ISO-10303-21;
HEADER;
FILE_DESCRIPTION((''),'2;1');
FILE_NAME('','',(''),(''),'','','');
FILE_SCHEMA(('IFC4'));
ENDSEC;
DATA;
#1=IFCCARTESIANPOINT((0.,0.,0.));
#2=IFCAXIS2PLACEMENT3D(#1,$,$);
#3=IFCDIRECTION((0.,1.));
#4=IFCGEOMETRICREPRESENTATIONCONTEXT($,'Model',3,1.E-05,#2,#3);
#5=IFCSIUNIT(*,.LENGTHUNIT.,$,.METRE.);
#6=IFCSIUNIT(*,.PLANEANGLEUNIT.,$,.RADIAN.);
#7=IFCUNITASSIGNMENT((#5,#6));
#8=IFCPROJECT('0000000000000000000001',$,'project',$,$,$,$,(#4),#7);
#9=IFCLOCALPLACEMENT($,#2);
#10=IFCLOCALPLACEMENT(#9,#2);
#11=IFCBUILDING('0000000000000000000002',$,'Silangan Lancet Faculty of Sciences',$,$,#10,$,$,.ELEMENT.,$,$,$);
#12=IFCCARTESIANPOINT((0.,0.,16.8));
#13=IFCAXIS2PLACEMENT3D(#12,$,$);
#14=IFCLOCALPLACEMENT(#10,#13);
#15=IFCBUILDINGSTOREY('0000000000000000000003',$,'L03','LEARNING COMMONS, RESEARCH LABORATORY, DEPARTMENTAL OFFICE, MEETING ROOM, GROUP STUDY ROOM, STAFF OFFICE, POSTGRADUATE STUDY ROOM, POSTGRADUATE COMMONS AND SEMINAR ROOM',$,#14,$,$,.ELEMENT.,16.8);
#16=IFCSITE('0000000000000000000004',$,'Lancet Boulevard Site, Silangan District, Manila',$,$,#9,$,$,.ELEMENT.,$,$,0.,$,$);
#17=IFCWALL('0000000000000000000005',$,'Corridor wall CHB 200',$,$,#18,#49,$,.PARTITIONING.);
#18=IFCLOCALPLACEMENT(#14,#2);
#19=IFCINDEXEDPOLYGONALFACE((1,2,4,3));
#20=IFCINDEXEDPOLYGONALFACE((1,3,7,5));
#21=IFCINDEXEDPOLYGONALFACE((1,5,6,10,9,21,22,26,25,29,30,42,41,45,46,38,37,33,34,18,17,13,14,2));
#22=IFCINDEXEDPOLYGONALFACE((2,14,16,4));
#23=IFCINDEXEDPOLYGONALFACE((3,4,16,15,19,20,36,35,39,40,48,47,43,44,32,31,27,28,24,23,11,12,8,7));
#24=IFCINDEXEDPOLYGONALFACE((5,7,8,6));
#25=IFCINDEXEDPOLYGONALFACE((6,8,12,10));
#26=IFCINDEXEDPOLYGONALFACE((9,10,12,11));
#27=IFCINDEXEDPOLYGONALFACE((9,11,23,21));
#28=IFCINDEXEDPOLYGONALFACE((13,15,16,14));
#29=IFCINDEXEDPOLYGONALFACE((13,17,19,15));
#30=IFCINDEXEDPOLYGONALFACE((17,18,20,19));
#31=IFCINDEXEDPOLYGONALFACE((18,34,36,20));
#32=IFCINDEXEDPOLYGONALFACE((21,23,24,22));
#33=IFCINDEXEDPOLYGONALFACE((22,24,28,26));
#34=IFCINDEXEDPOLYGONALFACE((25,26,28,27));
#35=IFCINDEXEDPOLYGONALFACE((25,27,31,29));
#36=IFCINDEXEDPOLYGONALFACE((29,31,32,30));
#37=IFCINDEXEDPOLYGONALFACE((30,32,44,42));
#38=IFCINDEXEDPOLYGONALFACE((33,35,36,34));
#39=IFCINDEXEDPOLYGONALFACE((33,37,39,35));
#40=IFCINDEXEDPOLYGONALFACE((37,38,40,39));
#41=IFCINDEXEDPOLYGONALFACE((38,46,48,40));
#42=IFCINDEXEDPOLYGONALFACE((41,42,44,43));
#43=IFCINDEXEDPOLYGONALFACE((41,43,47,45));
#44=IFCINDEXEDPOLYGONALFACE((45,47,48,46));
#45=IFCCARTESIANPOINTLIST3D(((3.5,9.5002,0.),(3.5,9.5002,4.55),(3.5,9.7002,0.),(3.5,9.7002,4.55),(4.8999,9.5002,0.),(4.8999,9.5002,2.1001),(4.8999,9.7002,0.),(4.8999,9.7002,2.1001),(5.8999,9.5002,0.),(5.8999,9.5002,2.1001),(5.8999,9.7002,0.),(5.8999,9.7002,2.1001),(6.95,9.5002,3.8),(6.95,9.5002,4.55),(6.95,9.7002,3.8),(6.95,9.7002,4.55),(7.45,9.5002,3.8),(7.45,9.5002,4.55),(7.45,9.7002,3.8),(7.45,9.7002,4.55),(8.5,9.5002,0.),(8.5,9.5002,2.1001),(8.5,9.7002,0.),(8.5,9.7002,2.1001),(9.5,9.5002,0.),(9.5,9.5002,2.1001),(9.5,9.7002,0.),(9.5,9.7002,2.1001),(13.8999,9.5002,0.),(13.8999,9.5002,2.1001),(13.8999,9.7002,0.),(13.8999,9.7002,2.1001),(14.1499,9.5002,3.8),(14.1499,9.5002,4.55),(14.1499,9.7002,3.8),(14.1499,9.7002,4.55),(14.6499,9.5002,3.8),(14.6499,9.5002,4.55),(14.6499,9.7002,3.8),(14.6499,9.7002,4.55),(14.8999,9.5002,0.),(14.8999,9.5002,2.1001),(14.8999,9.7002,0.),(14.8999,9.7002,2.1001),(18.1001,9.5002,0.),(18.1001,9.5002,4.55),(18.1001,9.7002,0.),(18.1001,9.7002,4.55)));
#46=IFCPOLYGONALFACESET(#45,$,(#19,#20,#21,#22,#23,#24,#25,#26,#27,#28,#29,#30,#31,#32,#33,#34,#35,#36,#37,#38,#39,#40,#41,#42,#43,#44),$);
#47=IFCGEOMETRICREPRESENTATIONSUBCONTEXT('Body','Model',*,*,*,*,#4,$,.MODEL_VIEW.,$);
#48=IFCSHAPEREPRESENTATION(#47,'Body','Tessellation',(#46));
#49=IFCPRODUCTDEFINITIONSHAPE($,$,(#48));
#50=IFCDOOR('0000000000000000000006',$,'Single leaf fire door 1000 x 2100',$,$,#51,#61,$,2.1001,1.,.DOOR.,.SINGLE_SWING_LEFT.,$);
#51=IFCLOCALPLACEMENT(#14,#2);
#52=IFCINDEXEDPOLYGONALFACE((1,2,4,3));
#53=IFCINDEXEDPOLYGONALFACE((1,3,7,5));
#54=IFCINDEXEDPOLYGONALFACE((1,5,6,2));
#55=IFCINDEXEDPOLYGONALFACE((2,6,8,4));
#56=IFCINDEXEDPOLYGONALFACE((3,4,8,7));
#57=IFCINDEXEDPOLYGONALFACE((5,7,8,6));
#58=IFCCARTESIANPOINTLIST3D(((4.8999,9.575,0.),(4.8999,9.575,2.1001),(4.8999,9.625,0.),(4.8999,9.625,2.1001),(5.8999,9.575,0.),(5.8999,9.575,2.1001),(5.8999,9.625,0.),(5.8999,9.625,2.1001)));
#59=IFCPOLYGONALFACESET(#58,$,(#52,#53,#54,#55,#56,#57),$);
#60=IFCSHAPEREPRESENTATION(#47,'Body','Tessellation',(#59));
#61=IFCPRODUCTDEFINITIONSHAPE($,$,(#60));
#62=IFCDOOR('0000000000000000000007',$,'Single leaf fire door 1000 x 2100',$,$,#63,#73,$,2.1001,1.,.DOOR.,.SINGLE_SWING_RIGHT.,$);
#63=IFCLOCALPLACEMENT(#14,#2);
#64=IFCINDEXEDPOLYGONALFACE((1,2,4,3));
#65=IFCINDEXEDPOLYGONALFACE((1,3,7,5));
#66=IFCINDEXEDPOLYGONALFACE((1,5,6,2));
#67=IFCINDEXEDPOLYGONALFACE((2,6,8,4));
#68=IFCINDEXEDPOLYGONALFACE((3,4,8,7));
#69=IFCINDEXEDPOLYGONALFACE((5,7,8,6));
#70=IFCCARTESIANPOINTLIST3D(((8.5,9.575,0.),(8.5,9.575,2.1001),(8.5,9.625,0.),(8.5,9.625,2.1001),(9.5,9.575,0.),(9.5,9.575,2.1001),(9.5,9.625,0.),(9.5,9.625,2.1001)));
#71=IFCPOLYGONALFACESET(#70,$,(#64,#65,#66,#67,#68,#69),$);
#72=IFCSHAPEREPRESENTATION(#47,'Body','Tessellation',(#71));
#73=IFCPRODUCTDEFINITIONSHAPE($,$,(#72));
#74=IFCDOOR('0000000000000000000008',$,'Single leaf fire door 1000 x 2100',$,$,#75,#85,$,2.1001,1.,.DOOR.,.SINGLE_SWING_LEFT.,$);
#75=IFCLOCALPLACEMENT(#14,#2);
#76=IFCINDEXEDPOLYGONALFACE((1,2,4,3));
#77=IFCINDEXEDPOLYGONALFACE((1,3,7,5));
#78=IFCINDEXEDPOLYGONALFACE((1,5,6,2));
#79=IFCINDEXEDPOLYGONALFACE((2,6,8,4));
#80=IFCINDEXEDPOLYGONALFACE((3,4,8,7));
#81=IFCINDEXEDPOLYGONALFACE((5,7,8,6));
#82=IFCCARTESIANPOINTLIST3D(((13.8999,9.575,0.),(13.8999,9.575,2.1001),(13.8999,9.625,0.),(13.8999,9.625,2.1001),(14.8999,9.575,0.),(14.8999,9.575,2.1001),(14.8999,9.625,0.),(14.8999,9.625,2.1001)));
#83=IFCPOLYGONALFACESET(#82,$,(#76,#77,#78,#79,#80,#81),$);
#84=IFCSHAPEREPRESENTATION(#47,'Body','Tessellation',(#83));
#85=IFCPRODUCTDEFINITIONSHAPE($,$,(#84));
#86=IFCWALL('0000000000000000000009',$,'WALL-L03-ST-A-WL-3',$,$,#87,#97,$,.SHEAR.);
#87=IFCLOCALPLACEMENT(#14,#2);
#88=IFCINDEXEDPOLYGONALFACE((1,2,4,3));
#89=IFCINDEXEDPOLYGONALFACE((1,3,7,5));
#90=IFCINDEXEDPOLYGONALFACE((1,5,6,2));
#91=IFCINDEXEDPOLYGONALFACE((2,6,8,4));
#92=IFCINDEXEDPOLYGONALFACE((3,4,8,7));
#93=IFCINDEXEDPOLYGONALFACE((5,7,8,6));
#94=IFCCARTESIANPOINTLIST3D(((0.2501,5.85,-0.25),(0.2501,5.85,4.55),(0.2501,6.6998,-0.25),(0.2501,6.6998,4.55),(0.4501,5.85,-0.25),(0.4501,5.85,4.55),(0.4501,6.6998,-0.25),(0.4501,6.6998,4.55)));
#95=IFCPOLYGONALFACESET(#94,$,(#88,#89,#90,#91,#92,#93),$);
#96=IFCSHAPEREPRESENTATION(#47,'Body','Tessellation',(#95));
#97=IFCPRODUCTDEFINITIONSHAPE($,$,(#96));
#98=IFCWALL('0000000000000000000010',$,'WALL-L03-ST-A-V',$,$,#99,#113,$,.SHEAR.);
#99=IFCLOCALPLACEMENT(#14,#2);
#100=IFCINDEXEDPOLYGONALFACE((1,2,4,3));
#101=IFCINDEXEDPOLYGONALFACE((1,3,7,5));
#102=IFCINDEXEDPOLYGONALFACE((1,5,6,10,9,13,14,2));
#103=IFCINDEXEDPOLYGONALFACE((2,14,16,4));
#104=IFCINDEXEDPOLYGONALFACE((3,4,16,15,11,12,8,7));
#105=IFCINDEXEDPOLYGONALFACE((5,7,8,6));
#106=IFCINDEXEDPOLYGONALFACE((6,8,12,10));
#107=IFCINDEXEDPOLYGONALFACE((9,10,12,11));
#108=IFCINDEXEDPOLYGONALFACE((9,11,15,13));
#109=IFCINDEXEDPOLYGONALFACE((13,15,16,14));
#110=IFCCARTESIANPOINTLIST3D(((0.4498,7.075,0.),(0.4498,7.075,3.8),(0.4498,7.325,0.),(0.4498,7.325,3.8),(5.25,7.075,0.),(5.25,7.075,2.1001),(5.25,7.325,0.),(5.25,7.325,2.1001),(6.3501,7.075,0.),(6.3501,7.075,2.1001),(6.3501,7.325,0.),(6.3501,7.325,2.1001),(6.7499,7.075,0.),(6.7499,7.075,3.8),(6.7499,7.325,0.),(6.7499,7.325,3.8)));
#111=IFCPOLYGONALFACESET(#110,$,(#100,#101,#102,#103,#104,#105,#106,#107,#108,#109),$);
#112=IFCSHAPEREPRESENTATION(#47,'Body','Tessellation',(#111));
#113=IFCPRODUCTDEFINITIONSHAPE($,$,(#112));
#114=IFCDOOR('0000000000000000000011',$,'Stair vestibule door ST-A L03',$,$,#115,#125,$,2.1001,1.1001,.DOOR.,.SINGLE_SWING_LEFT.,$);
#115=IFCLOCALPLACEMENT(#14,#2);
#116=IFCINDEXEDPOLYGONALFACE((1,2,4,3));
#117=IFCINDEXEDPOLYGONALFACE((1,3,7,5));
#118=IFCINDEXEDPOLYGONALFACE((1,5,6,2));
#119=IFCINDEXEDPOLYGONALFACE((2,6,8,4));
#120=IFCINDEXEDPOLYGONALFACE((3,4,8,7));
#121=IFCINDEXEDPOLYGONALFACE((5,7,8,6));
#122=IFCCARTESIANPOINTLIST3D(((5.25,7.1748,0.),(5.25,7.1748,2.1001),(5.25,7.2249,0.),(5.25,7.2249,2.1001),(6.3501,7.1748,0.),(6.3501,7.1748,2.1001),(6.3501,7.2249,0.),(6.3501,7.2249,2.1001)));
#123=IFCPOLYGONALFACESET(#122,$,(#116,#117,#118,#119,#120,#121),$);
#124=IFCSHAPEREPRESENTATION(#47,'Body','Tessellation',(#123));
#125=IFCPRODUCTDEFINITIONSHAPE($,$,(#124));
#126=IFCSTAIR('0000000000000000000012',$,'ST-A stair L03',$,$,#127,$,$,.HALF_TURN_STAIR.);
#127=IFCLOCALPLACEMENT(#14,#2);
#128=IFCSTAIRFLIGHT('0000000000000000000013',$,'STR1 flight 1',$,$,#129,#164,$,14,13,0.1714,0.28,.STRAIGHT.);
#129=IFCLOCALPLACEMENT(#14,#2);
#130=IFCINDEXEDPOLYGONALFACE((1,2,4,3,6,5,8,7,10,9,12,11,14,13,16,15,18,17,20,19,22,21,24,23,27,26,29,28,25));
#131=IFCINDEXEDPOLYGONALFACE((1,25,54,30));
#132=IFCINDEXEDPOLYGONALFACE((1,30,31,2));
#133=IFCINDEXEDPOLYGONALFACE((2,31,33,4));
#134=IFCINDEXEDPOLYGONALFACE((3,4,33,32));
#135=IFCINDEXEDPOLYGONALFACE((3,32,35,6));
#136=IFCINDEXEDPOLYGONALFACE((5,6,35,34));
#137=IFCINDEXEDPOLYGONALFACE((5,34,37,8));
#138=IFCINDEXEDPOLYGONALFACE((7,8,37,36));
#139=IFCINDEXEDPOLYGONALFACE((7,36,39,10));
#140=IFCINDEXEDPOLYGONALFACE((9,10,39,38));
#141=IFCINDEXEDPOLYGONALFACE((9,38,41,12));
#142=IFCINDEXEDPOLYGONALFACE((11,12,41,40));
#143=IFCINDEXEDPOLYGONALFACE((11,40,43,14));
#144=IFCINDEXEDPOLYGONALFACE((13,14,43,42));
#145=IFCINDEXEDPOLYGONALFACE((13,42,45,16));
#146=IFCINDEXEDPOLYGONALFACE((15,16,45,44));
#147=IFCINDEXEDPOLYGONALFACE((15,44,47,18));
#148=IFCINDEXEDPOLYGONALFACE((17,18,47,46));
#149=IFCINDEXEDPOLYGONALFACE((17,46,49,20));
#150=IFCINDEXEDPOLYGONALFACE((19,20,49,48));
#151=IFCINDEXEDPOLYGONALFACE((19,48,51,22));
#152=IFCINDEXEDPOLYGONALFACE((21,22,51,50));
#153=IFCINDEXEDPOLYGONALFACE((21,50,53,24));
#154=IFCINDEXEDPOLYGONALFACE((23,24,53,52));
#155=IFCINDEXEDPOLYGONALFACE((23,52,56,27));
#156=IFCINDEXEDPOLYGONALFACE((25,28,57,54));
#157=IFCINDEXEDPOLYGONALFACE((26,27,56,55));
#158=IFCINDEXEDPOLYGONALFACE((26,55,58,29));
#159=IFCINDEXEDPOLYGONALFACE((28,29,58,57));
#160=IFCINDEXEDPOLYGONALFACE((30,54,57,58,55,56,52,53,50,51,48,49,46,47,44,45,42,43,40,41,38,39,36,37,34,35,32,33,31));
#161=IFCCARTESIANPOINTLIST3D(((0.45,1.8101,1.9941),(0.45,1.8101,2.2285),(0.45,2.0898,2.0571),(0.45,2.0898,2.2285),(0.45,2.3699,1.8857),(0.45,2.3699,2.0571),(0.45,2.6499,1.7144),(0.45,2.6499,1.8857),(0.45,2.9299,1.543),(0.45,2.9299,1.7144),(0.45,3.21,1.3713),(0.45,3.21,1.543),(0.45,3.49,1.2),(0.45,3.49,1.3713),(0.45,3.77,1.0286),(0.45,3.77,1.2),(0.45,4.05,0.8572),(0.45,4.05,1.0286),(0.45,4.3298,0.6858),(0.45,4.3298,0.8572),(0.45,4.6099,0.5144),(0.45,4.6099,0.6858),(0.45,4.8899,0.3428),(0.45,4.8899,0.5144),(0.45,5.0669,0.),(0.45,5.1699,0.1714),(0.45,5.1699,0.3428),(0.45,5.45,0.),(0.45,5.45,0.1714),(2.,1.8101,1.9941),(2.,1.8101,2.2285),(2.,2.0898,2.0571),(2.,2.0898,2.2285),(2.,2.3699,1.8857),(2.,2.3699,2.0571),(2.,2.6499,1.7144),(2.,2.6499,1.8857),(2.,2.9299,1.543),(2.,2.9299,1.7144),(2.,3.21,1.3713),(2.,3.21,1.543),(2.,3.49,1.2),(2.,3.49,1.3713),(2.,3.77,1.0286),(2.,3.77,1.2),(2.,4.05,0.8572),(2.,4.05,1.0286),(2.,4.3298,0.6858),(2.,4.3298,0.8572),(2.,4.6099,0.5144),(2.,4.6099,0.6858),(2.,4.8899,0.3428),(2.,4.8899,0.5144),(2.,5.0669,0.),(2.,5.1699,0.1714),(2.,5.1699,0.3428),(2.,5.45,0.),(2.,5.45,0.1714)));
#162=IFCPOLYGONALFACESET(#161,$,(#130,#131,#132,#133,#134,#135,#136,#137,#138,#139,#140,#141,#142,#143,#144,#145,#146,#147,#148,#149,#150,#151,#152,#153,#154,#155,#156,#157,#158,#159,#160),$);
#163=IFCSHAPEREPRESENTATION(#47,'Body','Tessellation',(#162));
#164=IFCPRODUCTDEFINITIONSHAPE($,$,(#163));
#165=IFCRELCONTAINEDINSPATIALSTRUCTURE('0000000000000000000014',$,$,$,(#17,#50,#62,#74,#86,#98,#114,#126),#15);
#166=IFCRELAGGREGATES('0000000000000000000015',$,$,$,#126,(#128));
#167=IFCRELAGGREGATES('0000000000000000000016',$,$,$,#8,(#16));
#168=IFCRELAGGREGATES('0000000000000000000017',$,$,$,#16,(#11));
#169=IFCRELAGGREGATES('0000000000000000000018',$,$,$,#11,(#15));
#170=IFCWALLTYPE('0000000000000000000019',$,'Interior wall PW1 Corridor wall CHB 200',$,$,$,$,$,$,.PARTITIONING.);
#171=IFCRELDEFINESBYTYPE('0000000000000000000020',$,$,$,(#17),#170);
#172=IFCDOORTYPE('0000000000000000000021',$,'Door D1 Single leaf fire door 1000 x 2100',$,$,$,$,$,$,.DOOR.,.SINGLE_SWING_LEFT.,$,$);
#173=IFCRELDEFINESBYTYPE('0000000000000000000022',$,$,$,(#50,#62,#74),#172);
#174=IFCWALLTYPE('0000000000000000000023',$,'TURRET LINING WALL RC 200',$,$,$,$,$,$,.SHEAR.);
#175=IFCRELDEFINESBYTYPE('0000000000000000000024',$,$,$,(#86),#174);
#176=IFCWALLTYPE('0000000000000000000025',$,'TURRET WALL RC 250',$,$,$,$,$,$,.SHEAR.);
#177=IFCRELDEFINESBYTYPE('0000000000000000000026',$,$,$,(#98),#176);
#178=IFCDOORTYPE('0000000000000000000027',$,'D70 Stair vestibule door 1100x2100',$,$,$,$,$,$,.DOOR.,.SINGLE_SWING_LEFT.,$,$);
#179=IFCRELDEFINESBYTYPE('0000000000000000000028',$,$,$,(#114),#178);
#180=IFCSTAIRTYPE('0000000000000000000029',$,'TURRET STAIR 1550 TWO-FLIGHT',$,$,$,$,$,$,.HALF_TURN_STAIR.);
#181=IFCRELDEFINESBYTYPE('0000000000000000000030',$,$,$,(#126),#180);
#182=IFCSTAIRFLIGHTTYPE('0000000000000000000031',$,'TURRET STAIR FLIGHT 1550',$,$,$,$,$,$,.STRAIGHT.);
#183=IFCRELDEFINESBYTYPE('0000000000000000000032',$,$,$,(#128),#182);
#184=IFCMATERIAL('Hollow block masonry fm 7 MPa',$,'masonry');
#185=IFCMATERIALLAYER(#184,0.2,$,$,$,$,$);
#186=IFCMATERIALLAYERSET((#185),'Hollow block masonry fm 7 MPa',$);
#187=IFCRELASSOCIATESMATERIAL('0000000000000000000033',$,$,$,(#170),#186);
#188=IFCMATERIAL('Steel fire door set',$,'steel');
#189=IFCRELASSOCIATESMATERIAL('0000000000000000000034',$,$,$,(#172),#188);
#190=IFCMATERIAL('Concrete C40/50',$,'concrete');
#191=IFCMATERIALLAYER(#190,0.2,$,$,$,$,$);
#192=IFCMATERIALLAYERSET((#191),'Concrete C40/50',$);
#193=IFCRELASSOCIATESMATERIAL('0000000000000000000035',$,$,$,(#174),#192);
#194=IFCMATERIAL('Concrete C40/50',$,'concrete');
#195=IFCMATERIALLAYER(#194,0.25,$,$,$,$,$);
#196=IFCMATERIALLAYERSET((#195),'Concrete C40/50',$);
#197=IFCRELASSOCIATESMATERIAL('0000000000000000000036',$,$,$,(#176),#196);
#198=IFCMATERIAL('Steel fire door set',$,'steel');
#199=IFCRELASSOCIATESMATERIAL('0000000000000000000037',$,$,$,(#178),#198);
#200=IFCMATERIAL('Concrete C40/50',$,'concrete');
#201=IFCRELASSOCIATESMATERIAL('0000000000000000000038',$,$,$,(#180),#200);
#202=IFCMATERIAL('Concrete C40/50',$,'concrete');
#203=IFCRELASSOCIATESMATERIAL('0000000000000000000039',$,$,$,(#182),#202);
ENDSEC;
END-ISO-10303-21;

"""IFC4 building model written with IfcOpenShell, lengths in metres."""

from ifc_helpers import new_model, si_unit, direction, frame, frame_2d, origin, place, context, subcontext, project, spatial, polyline, rectangle, outline, extrude, material, layer, layer_set, type_object, element, fill, aggregate, save


model = new_model("IFC4")

# Units and contexts
model_context = context("Model", 3, precision=1e-05, world=origin(), true_north=direction((0.0, 1.0)))
body_context = subcontext(model_context, "Body", "Model", "MODEL_VIEW")
ifc_project = project(units=[si_unit("LENGTHUNIT", "METRE"), si_unit("PLANEANGLEUNIT", "RADIAN")], contexts=[model_context])

# Site, building, storey
site_placement = place(None, origin())
site = spatial("IfcSite", under=ifc_project, at=site_placement, Name="Lancet Boulevard Site, Silangan District, Manila", CompositionType="ELEMENT", RefElevation=0.0)
building_placement = place(site_placement, origin())
building = spatial("IfcBuilding", under=site, at=building_placement, Name="Silangan Lancet Faculty of Sciences", CompositionType="ELEMENT")
storey_placement = place(building_placement, frame((0.0, 0.0, 16.8)))
storey = spatial("IfcBuildingStorey", under=building, at=storey_placement, Name="L03", Description="LEARNING COMMONS, RESEARCH LABORATORY, DEPARTMENTAL OFFICE, MEETING ROOM, GROUP STUDY ROOM, STAFF OFFICE, POSTGRADUATE STUDY ROOM, POSTGRADUATE COMMONS AND SEMINAR ROOM", CompositionType="ELEMENT", Elevation=16.8)

# Wall, openings, doors
ifc_material_1 = material(Name="Hollow block masonry fm 7 MPa", Category="masonry")
ifc_layer_1 = layer(ifc_material_1, 0.2)
ifc_layer_set_1 = layer_set([ifc_layer_1], Name="Hollow block masonry fm 7 MPa")
wall_type_1 = type_object("IfcWallType", Name="Interior wall PW1 Corridor wall CHB 200", PredefinedType="PARTITIONING", material=ifc_layer_set_1)
wall_1_placement = place(storey_placement, frame((3.5, 9.6001, 0.0), z_axis=(0.0, 0.0, 1.0), x_axis=(1.0, 0.0, 0.0)))
wall_1 = element("IfcWall", 1, at=wall_1_placement, inside=storey, type_object=wall_type_1, Name="Corridor wall CHB 200", PredefinedType="PARTITIONING", context=body_context, shape_type="SweptSolid", body=[
    extrude(outline(polyline([(0.0, 0.0), (14.6001, 0.0), (14.6001, 4.55), (11.1499, 4.55), (11.1499, 3.8), (10.6499, 3.8), (10.6499, 4.55), (3.95, 4.55), (3.95, 3.8), (3.45, 3.8), (3.45, 4.55), (0.0, 4.55), (0.0, 0.0)])), frame((0.0, 0.1001, 0.0), z_axis=(0.0, -1.0, 0.0), x_axis=(1.0, 0.0, 0.0)), (0.0, 0.0, 1.0), 0.2),
])
opening_1_placement = place(wall_1_placement, frame((1.3999, 0.0, 0.0)))
opening_1 = element("IfcOpeningElement", 2, at=opening_1_placement, cuts=wall_1, PredefinedType="OPENING", context=body_context, shape_type="SweptSolid", body=[
    extrude(rectangle(XDim=1.0, YDim=2.1001, at=frame_2d((0.5, 1.05))), frame((0.0, 0.1099, 0.0), z_axis=(0.0, -1.0, 0.0), x_axis=(1.0, 0.0, 0.0)), (0.0, 0.0, 1.0), 0.22),
])
opening_2_placement = place(wall_1_placement, frame((5.0, 0.0, 0.0)))
opening_2 = element("IfcOpeningElement", 3, at=opening_2_placement, cuts=wall_1, PredefinedType="OPENING", context=body_context, shape_type="SweptSolid", body=[
    extrude(rectangle(XDim=1.0, YDim=2.1001, at=frame_2d((0.5, 1.05))), frame((0.0, 0.1099, 0.0), z_axis=(0.0, -1.0, 0.0), x_axis=(1.0, 0.0, 0.0)), (0.0, 0.0, 1.0), 0.22),
])
opening_3_placement = place(wall_1_placement, frame((10.3999, 0.0, 0.0)))
opening_3 = element("IfcOpeningElement", 4, at=opening_3_placement, cuts=wall_1, PredefinedType="OPENING", context=body_context, shape_type="SweptSolid", body=[
    extrude(rectangle(XDim=1.0, YDim=2.1001, at=frame_2d((0.5, 1.05))), frame((0.0, 0.1099, 0.0), z_axis=(0.0, -1.0, 0.0), x_axis=(1.0, 0.0, 0.0)), (0.0, 0.0, 1.0), 0.22),
])
ifc_material_2 = material(Name="Steel fire door set", Category="steel")
door_type_1 = type_object("IfcDoorType", Name="Door D1 Single leaf fire door 1000 x 2100", OperationType="SINGLE_SWING_LEFT", PredefinedType="DOOR", material=ifc_material_2)
door_1_placement = place(opening_1_placement, origin())
door_1 = element("IfcDoor", 5, at=door_1_placement, inside=storey, type_object=door_type_1, Name="Single leaf fire door 1000 x 2100", OperationType="SINGLE_SWING_LEFT", OverallHeight=2.1001, OverallWidth=1.0, PredefinedType="DOOR", context=body_context, shape_type="SweptSolid", body=[
    extrude(rectangle(XDim=1.0, YDim=2.1001, at=frame_2d((0.5, 1.05))), frame((0.0, 0.0249, 0.0), z_axis=(0.0, -1.0, 0.0), x_axis=(1.0, 0.0, 0.0)), (0.0, 0.0, 1.0), 0.05),
])
fill(opening_1, door_1)
door_2_placement = place(opening_2_placement, origin())
door_2 = element("IfcDoor", 6, at=door_2_placement, inside=storey, type_object=door_type_1, Name="Single leaf fire door 1000 x 2100", OperationType="SINGLE_SWING_RIGHT", OverallHeight=2.1001, OverallWidth=1.0, PredefinedType="DOOR", context=body_context, shape_type="SweptSolid", body=[
    extrude(rectangle(XDim=1.0, YDim=2.1001, at=frame_2d((0.5, 1.05))), frame((0.0, 0.0249, 0.0), z_axis=(0.0, -1.0, 0.0), x_axis=(1.0, 0.0, 0.0)), (0.0, 0.0, 1.0), 0.05),
])
fill(opening_2, door_2)
door_3_placement = place(opening_3_placement, origin())
door_3 = element("IfcDoor", 7, at=door_3_placement, inside=storey, type_object=door_type_1, Name="Single leaf fire door 1000 x 2100", OperationType="SINGLE_SWING_LEFT", OverallHeight=2.1001, OverallWidth=1.0, PredefinedType="DOOR", context=body_context, shape_type="SweptSolid", body=[
    extrude(rectangle(XDim=1.0, YDim=2.1001, at=frame_2d((0.5, 1.05))), frame((0.0, 0.0249, 0.0), z_axis=(0.0, -1.0, 0.0), x_axis=(1.0, 0.0, 0.0)), (0.0, 0.0, 1.0), 0.05),
])
fill(opening_3, door_3)

# Wall
ifc_material_3 = material(Name="Concrete C40/50", Category="concrete")
ifc_layer_2 = layer(ifc_material_3, 0.2)
ifc_layer_set_2 = layer_set([ifc_layer_2], Name="Concrete C40/50")
wall_type_2 = type_object("IfcWallType", Name="TURRET LINING WALL RC 200", PredefinedType="SHEAR", material=ifc_layer_set_2)
wall_2_placement = place(storey_placement, frame((0.3501, 5.8501, -0.25), z_axis=(0.0, 0.0, 1.0), x_axis=(0.0, 1.0, 0.0)))
element("IfcWall", 8, at=wall_2_placement, inside=storey, type_object=wall_type_2, Name="WALL-L03-ST-A-WL-3", PredefinedType="SHEAR", context=body_context, shape_type="SweptSolid", body=[
    extrude(rectangle(XDim=0.8499, YDim=0.2, at=frame_2d((0.4248, 0.0))), origin(), (0.0, 0.0, 1.0), 4.8),
])

# Wall, opening, door
ifc_material_4 = material(Name="Concrete C40/50", Category="concrete")
ifc_layer_3 = layer(ifc_material_4, 0.25)
ifc_layer_set_3 = layer_set([ifc_layer_3], Name="Concrete C40/50")
wall_type_3 = type_object("IfcWallType", Name="TURRET WALL RC 250", PredefinedType="SHEAR", material=ifc_layer_set_3)
wall_3_placement = place(storey_placement, frame((0.45, 7.2, 0.0), z_axis=(0.0, 0.0, 1.0), x_axis=(1.0, 0.0, 0.0)))
wall_3 = element("IfcWall", 9, at=wall_3_placement, inside=storey, type_object=wall_type_3, Name="WALL-L03-ST-A-V", PredefinedType="SHEAR", context=body_context, shape_type="SweptSolid", body=[
    extrude(rectangle(XDim=6.3, YDim=0.25, at=frame_2d((3.1499, 0.0))), origin(), (0.0, 0.0, 1.0), 3.8),
])
opening_4_placement = place(wall_3_placement, frame((4.8, 0.0, 0.0)))
opening_4 = element("IfcOpeningElement", 10, at=opening_4_placement, cuts=wall_3, PredefinedType="OPENING", context=body_context, shape_type="SweptSolid", body=[
    extrude(rectangle(XDim=1.1001, YDim=2.1001, at=frame_2d((0.55, 1.05))), frame((0.0, 0.135, 0.0), z_axis=(0.0, -1.0, 0.0), x_axis=(1.0, 0.0, 0.0)), (0.0, 0.0, 1.0), 0.27),
])
ifc_material_5 = material(Name="Steel fire door set", Category="steel")
door_type_2 = type_object("IfcDoorType", Name="D70 Stair vestibule door 1100x2100", OperationType="SINGLE_SWING_LEFT", PredefinedType="DOOR", material=ifc_material_5)
door_4_placement = place(opening_4_placement, frame((1.1001, 0.0, 0.0), z_axis=(0.0, 0.0, 1.0), x_axis=(-1.0, 0.0, 0.0)))
door_4 = element("IfcDoor", 11, at=door_4_placement, inside=storey, type_object=door_type_2, Name="Stair vestibule door ST-A L03", OperationType="SINGLE_SWING_LEFT", OverallHeight=2.1001, OverallWidth=1.1001, PredefinedType="DOOR", context=body_context, shape_type="SweptSolid", body=[
    extrude(rectangle(XDim=1.1001, YDim=2.1001, at=frame_2d((0.55, 1.05))), frame((0.0, 0.0251, 0.0), z_axis=(0.0, -1.0, 0.0), x_axis=(1.0, 0.0, 0.0)), (0.0, 0.0, 1.0), 0.05),
])
fill(opening_4, door_4)

# Stair, stair flight
ifc_material_6 = material(Name="Concrete C40/50", Category="concrete")
stair_type = type_object("IfcStairType", Name="TURRET STAIR 1550 TWO-FLIGHT", PredefinedType="HALF_TURN_STAIR", material=ifc_material_6)
stair_placement = place(storey_placement, origin())
stair = element("IfcStair", 12, at=stair_placement, inside=storey, type_object=stair_type, Name="ST-A stair L03", PredefinedType="HALF_TURN_STAIR")
ifc_material_7 = material(Name="Concrete C40/50", Category="concrete")
stair_flight_type = type_object("IfcStairFlightType", Name="TURRET STAIR FLIGHT 1550", PredefinedType="STRAIGHT", material=ifc_material_7)
stair_flight_placement = place(storey_placement, frame((1.2251, 5.45, 0.0), z_axis=(0.0, 0.0, 1.0), x_axis=(0.0, -1.0, 0.0)))
stair_flight = element("IfcStairFlight", 13, at=stair_flight_placement, type_object=stair_flight_type, Name="STR1 flight 1", NumberOfRisers=14, NumberOfTreads=13, PredefinedType="STRAIGHT", RiserHeight=0.1714, TreadLength=0.28, context=body_context, shape_type="SweptSolid", body=[
    extrude(outline(polyline([(0.0, 0.0), (0.0, 0.1714), (0.28, 0.1714), (0.28, 0.3428), (0.5601, 0.3428), (0.5601, 0.5144), (0.8401, 0.5144), (0.8401, 0.6858), (1.1201, 0.6858), (1.1201, 0.8572), (1.3999, 0.8572), (1.3999, 1.0286), (1.6799, 1.0286), (1.6799, 1.2), (1.96, 1.2), (1.96, 1.3713), (2.24, 1.3713), (2.24, 1.543), (2.52, 1.543), (2.52, 1.7144), (2.8, 1.7144), (2.8, 1.8857), (3.0801, 1.8857), (3.0801, 2.0571), (3.3601, 2.0571), (3.3601, 2.2285), (3.6399, 2.2285), (3.6399, 2.3999), (3.6399, 1.9941), (0.3831, 0.0), (0.0, 0.0)])), frame((0.0, 0.7749, 0.0), z_axis=(0.0, -1.0, 0.0), x_axis=(1.0, 0.0, 0.0)), (0.0, 0.0, 1.0), 1.55),
])
aggregate(stair, [stair_flight])

save(model, "model.ifc")
